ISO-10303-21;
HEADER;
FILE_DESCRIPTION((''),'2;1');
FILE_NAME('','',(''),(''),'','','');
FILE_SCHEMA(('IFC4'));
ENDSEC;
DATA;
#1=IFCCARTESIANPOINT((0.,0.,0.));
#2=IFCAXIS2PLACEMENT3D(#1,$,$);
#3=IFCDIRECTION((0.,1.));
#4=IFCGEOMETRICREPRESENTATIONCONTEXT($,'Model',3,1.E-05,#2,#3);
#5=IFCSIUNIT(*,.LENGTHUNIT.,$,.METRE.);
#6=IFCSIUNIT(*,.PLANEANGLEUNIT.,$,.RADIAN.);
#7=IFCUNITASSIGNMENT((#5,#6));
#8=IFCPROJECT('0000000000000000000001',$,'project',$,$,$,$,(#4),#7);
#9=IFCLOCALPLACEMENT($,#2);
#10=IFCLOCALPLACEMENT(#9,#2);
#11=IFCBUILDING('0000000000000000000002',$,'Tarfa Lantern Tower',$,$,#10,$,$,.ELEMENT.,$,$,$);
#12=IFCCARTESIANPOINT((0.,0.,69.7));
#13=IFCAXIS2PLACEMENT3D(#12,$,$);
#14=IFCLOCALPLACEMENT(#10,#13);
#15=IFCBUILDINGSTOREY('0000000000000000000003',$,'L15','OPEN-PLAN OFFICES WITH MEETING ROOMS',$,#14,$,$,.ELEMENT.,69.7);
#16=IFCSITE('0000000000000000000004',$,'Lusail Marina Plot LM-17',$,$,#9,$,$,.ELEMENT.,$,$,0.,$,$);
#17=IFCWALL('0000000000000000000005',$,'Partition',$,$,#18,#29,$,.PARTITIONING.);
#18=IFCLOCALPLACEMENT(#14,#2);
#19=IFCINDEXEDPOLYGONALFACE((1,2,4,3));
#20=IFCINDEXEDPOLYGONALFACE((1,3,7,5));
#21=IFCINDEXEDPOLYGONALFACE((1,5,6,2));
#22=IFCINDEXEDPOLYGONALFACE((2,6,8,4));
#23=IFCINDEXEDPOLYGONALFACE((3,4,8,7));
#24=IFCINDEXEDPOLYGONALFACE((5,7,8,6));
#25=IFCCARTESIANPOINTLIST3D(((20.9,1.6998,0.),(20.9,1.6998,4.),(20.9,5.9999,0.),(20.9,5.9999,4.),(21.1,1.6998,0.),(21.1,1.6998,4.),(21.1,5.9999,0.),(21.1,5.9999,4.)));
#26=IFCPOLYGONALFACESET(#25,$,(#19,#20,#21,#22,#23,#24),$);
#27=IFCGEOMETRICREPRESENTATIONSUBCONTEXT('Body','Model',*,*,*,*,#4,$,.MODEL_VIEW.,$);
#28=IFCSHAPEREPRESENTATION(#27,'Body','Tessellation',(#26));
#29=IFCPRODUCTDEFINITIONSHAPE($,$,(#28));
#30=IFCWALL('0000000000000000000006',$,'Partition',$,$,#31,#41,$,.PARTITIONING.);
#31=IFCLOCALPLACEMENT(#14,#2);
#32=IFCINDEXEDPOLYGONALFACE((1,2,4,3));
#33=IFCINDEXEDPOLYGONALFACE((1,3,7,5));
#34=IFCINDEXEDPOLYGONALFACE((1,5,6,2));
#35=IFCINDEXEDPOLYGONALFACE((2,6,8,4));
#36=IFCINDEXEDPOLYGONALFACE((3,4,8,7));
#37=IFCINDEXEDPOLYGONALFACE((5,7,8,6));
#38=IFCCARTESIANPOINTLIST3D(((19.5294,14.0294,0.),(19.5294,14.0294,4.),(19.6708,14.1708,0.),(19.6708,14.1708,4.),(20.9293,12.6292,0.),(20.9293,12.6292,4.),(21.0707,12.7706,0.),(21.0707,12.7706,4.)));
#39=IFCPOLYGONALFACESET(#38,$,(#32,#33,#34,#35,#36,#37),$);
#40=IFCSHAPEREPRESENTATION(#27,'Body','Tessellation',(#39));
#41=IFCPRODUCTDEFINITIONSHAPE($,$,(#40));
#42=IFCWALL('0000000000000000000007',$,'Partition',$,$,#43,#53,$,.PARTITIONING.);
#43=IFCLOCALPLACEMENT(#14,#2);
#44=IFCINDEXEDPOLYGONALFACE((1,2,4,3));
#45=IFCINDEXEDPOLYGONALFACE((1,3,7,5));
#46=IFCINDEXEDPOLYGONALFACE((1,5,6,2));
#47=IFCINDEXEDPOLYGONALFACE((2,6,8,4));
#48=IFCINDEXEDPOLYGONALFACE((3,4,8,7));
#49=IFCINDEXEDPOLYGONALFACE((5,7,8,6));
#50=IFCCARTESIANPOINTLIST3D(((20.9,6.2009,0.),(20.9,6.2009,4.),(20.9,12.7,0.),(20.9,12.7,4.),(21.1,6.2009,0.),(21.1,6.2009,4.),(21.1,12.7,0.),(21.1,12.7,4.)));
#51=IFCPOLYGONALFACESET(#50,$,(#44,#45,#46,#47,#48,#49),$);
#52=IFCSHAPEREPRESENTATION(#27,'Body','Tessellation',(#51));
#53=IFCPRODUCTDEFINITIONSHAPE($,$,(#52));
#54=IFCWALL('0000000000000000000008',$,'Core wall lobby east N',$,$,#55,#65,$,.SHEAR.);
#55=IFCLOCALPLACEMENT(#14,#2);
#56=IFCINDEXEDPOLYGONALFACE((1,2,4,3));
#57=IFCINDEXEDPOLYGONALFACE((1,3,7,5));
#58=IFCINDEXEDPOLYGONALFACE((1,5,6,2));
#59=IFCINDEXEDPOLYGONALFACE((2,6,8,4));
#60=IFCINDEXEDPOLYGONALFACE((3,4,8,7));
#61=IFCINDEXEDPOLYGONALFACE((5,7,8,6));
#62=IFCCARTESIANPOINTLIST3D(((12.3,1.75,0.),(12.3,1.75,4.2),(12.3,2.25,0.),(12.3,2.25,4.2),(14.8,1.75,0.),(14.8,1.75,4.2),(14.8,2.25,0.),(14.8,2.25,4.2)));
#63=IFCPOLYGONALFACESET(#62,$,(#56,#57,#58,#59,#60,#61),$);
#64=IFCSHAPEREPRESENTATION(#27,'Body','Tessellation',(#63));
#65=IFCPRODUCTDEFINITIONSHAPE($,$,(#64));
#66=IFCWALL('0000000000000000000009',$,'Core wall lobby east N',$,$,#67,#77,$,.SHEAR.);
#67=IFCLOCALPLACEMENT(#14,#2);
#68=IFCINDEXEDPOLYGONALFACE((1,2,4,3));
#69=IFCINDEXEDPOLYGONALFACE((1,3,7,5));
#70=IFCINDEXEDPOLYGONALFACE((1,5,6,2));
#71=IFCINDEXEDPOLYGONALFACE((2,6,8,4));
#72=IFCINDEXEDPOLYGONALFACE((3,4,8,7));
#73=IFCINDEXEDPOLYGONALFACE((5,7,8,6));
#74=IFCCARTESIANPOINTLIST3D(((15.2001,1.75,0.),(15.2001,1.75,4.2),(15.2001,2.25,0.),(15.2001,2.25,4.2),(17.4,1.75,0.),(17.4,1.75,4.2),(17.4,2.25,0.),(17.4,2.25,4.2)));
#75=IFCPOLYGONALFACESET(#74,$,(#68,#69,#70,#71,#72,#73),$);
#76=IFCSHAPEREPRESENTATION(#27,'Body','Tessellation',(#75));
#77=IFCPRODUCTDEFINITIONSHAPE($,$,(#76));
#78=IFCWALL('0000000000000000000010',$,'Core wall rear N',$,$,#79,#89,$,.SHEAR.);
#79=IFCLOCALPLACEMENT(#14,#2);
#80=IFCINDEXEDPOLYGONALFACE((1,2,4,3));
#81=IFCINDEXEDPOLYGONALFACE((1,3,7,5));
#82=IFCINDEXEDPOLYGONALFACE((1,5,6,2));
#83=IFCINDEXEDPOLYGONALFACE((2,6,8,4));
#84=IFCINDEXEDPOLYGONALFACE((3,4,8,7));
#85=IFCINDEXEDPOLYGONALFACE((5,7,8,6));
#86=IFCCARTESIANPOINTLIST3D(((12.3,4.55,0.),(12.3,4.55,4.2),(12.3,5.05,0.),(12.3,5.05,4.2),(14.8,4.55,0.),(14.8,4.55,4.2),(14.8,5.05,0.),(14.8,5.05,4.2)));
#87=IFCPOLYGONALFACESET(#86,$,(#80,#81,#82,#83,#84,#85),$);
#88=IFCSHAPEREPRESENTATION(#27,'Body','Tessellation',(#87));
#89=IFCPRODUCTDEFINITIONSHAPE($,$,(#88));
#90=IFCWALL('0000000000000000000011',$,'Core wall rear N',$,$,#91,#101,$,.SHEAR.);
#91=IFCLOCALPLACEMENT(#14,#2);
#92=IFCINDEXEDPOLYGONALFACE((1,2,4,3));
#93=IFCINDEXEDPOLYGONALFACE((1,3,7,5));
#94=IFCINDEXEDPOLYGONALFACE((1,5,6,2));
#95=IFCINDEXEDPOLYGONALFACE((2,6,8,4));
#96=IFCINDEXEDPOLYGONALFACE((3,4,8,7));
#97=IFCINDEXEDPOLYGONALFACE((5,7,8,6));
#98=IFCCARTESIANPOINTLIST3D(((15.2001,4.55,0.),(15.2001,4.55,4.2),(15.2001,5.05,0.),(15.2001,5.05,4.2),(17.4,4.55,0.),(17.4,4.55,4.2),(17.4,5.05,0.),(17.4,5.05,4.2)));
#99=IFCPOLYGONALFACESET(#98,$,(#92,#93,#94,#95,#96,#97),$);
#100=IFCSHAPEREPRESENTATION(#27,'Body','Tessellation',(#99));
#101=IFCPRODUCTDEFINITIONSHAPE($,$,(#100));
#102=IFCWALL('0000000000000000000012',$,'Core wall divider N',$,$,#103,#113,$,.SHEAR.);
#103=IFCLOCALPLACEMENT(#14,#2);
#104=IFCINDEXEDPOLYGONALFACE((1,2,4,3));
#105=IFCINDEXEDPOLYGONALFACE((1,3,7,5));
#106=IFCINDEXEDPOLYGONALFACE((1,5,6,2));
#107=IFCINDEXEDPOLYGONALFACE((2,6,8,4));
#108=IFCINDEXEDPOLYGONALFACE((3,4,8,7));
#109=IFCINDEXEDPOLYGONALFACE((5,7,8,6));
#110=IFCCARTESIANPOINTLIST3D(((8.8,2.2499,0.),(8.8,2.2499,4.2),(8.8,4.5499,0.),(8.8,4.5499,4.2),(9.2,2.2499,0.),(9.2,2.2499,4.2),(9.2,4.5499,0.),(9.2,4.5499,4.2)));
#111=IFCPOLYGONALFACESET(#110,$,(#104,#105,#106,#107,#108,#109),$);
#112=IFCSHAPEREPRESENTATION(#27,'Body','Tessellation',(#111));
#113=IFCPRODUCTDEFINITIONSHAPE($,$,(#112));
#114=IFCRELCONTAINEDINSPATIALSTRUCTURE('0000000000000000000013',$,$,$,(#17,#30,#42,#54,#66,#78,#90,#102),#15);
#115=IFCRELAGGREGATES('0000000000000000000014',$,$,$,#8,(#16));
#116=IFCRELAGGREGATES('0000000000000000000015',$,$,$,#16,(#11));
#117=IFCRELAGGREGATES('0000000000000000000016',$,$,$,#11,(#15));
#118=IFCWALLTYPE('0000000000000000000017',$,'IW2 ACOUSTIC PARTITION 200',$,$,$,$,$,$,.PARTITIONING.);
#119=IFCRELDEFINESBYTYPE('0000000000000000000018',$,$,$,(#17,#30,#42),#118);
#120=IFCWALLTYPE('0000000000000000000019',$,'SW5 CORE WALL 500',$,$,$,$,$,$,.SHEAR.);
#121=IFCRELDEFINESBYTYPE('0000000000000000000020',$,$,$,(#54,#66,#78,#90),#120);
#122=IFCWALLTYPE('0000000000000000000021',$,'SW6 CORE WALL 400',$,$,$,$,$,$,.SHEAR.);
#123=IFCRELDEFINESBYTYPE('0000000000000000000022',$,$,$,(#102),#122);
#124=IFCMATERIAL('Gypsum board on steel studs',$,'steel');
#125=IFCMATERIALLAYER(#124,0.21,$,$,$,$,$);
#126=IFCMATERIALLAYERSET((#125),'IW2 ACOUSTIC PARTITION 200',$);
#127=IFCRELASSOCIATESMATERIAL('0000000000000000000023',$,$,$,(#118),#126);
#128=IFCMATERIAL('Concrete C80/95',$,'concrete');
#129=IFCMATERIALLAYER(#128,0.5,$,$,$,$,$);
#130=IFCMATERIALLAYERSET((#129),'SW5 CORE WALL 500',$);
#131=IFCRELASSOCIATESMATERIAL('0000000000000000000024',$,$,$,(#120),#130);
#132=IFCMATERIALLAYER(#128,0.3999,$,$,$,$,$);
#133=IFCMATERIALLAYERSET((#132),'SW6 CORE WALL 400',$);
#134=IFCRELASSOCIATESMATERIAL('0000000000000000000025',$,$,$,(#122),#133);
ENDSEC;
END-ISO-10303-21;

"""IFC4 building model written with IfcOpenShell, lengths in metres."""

from ifc_helpers import new_model, si_unit, direction, frame, frame_2d, origin, place, context, subcontext, project, spatial, rectangle, extrude, material, layer, layer_set, type_object, element, save


model = new_model("IFC4")

# Units and contexts
model_context = context("Model", 3, precision=1e-05, world=origin(), true_north=direction((0.0, 1.0)))
body_context = subcontext(model_context, "Body", "Model", "MODEL_VIEW")
ifc_project = project(units=[si_unit("LENGTHUNIT", "METRE"), si_unit("PLANEANGLEUNIT", "RADIAN")], contexts=[model_context])

# Site, building, storey
site_placement = place(None, origin())
site = spatial("IfcSite", under=ifc_project, at=site_placement, Name="Lusail Marina Plot LM-17", CompositionType="ELEMENT", RefElevation=0.0)
building_placement = place(site_placement, origin())
building = spatial("IfcBuilding", under=site, at=building_placement, Name="Tarfa Lantern Tower", CompositionType="ELEMENT")
storey_placement = place(building_placement, frame((0.0, 0.0, 69.7)))
storey = spatial("IfcBuildingStorey", under=building, at=storey_placement, Name="L15", Description="OPEN-PLAN OFFICES WITH MEETING ROOMS", CompositionType="ELEMENT", Elevation=69.7)

# Shared definitions
ifc_material_1 = material(Name="Gypsum board on steel studs", Category="steel")
ifc_layer_1 = layer(ifc_material_1, 0.21)
ifc_layer_set_1 = layer_set([ifc_layer_1], Name="IW2 ACOUSTIC PARTITION 200")
wall_type_1 = type_object("IfcWallType", Name="IW2 ACOUSTIC PARTITION 200", PredefinedType="PARTITIONING", material=ifc_layer_set_1)

# Walls
wall_1_placement = place(storey_placement, frame((21.0, 1.7, 0.0), z_axis=(0.0, 0.0, 1.0), x_axis=(0.0, 1.0, 0.0)))
element("IfcWall", 1, at=wall_1_placement, inside=storey, type_object=wall_type_1, Name="Partition", PredefinedType="PARTITIONING", context=body_context, shape_type="SweptSolid", body=[
    extrude(rectangle(XDim=4.3, YDim=0.2, at=frame_2d((2.1499, 0.0))), origin(), (0.0, 0.0, 1.0), 4.0),
])
wall_2_placement = place(storey_placement, frame((19.6001, 14.1001, 0.0), z_axis=(0.0, 0.0, 1.0), x_axis=(0.707045, -0.707168, 0.0)))
element("IfcWall", 2, at=wall_2_placement, inside=storey, type_object=wall_type_1, Name="Partition", PredefinedType="PARTITIONING", context=body_context, shape_type="SweptSolid", body=[
    extrude(rectangle(XDim=1.98, YDim=0.2, at=frame_2d((0.99, 0.0))), origin(), (0.0, 0.0, 1.0), 4.0),
])

# Walls
wall_3_placement = place(storey_placement, frame((21.0, 12.7, 0.0), z_axis=(0.0, 0.0, 1.0), x_axis=(0.0, -1.0, 0.0)))
element("IfcWall", 3, at=wall_3_placement, inside=storey, type_object=wall_type_1, Name="Partition", PredefinedType="PARTITIONING", context=body_context, shape_type="SweptSolid", body=[
    extrude(rectangle(XDim=6.499, YDim=0.2, at=frame_2d((3.2495, 0.0))), origin(), (0.0, 0.0, 1.0), 4.0),
])
ifc_material_2 = material(Name="Concrete C80/95", Category="concrete")
ifc_layer_2 = layer(ifc_material_2, 0.5)
ifc_layer_set_2 = layer_set([ifc_layer_2], Name="SW5 CORE WALL 500")
wall_type_2 = type_object("IfcWallType", Name="SW5 CORE WALL 500", PredefinedType="SHEAR", material=ifc_layer_set_2)
wall_4_placement = place(storey_placement, frame((12.3, 2.0, 0.0), z_axis=(0.0, 0.0, 1.0), x_axis=(1.0, 0.0, 0.0)))
element("IfcWall", 4, at=wall_4_placement, inside=storey, type_object=wall_type_2, Name="Core wall lobby east N", PredefinedType="SHEAR", context=body_context, shape_type="SweptSolid", body=[
    extrude(rectangle(XDim=2.5, YDim=0.5, at=frame_2d((1.25, 0.0))), origin(), (0.0, 0.0, 1.0), 4.2),
])
wall_5_placement = place(storey_placement, frame((15.2, 2.0, 0.0), z_axis=(0.0, 0.0, 1.0), x_axis=(1.0, 0.0, 0.0)))
element("IfcWall", 5, at=wall_5_placement, inside=storey, type_object=wall_type_2, Name="Core wall lobby east N", PredefinedType="SHEAR", context=body_context, shape_type="SweptSolid", body=[
    extrude(rectangle(XDim=2.2, YDim=0.5, at=frame_2d((1.1001, 0.0))), origin(), (0.0, 0.0, 1.0), 4.2),
])
wall_6_placement = place(storey_placement, frame((12.3, 4.8, 0.0), z_axis=(0.0, 0.0, 1.0), x_axis=(1.0, 0.0, 0.0)))
element("IfcWall", 6, at=wall_6_placement, inside=storey, type_object=wall_type_2, Name="Core wall rear N", PredefinedType="SHEAR", context=body_context, shape_type="SweptSolid", body=[
    extrude(rectangle(XDim=2.5, YDim=0.5, at=frame_2d((1.25, 0.0))), origin(), (0.0, 0.0, 1.0), 4.2),
])
wall_7_placement = place(storey_placement, frame((15.2, 4.8, 0.0), z_axis=(0.0, 0.0, 1.0), x_axis=(1.0, 0.0, 0.0)))
element("IfcWall", 7, at=wall_7_placement, inside=storey, type_object=wall_type_2, Name="Core wall rear N", PredefinedType="SHEAR", context=body_context, shape_type="SweptSolid", body=[
    extrude(rectangle(XDim=2.2, YDim=0.5, at=frame_2d((1.1001, 0.0))), origin(), (0.0, 0.0, 1.0), 4.2),
])
ifc_layer_3 = layer(ifc_material_2, 0.3999)
ifc_layer_set_3 = layer_set([ifc_layer_3], Name="SW6 CORE WALL 400")
wall_type_3 = type_object("IfcWallType", Name="SW6 CORE WALL 400", PredefinedType="SHEAR", material=ifc_layer_set_3)
wall_8_placement = place(storey_placement, frame((9.0, 2.25, 0.0), z_axis=(0.0, 0.0, 1.0), x_axis=(0.0, 1.0, 0.0)))
element("IfcWall", 8, at=wall_8_placement, inside=storey, type_object=wall_type_3, Name="Core wall divider N", PredefinedType="SHEAR", context=body_context, shape_type="SweptSolid", body=[
    extrude(rectangle(XDim=2.3, YDim=0.3999, at=frame_2d((1.1499, 0.0))), origin(), (0.0, 0.0, 1.0), 4.2),
])

save(model, "model.ifc")
